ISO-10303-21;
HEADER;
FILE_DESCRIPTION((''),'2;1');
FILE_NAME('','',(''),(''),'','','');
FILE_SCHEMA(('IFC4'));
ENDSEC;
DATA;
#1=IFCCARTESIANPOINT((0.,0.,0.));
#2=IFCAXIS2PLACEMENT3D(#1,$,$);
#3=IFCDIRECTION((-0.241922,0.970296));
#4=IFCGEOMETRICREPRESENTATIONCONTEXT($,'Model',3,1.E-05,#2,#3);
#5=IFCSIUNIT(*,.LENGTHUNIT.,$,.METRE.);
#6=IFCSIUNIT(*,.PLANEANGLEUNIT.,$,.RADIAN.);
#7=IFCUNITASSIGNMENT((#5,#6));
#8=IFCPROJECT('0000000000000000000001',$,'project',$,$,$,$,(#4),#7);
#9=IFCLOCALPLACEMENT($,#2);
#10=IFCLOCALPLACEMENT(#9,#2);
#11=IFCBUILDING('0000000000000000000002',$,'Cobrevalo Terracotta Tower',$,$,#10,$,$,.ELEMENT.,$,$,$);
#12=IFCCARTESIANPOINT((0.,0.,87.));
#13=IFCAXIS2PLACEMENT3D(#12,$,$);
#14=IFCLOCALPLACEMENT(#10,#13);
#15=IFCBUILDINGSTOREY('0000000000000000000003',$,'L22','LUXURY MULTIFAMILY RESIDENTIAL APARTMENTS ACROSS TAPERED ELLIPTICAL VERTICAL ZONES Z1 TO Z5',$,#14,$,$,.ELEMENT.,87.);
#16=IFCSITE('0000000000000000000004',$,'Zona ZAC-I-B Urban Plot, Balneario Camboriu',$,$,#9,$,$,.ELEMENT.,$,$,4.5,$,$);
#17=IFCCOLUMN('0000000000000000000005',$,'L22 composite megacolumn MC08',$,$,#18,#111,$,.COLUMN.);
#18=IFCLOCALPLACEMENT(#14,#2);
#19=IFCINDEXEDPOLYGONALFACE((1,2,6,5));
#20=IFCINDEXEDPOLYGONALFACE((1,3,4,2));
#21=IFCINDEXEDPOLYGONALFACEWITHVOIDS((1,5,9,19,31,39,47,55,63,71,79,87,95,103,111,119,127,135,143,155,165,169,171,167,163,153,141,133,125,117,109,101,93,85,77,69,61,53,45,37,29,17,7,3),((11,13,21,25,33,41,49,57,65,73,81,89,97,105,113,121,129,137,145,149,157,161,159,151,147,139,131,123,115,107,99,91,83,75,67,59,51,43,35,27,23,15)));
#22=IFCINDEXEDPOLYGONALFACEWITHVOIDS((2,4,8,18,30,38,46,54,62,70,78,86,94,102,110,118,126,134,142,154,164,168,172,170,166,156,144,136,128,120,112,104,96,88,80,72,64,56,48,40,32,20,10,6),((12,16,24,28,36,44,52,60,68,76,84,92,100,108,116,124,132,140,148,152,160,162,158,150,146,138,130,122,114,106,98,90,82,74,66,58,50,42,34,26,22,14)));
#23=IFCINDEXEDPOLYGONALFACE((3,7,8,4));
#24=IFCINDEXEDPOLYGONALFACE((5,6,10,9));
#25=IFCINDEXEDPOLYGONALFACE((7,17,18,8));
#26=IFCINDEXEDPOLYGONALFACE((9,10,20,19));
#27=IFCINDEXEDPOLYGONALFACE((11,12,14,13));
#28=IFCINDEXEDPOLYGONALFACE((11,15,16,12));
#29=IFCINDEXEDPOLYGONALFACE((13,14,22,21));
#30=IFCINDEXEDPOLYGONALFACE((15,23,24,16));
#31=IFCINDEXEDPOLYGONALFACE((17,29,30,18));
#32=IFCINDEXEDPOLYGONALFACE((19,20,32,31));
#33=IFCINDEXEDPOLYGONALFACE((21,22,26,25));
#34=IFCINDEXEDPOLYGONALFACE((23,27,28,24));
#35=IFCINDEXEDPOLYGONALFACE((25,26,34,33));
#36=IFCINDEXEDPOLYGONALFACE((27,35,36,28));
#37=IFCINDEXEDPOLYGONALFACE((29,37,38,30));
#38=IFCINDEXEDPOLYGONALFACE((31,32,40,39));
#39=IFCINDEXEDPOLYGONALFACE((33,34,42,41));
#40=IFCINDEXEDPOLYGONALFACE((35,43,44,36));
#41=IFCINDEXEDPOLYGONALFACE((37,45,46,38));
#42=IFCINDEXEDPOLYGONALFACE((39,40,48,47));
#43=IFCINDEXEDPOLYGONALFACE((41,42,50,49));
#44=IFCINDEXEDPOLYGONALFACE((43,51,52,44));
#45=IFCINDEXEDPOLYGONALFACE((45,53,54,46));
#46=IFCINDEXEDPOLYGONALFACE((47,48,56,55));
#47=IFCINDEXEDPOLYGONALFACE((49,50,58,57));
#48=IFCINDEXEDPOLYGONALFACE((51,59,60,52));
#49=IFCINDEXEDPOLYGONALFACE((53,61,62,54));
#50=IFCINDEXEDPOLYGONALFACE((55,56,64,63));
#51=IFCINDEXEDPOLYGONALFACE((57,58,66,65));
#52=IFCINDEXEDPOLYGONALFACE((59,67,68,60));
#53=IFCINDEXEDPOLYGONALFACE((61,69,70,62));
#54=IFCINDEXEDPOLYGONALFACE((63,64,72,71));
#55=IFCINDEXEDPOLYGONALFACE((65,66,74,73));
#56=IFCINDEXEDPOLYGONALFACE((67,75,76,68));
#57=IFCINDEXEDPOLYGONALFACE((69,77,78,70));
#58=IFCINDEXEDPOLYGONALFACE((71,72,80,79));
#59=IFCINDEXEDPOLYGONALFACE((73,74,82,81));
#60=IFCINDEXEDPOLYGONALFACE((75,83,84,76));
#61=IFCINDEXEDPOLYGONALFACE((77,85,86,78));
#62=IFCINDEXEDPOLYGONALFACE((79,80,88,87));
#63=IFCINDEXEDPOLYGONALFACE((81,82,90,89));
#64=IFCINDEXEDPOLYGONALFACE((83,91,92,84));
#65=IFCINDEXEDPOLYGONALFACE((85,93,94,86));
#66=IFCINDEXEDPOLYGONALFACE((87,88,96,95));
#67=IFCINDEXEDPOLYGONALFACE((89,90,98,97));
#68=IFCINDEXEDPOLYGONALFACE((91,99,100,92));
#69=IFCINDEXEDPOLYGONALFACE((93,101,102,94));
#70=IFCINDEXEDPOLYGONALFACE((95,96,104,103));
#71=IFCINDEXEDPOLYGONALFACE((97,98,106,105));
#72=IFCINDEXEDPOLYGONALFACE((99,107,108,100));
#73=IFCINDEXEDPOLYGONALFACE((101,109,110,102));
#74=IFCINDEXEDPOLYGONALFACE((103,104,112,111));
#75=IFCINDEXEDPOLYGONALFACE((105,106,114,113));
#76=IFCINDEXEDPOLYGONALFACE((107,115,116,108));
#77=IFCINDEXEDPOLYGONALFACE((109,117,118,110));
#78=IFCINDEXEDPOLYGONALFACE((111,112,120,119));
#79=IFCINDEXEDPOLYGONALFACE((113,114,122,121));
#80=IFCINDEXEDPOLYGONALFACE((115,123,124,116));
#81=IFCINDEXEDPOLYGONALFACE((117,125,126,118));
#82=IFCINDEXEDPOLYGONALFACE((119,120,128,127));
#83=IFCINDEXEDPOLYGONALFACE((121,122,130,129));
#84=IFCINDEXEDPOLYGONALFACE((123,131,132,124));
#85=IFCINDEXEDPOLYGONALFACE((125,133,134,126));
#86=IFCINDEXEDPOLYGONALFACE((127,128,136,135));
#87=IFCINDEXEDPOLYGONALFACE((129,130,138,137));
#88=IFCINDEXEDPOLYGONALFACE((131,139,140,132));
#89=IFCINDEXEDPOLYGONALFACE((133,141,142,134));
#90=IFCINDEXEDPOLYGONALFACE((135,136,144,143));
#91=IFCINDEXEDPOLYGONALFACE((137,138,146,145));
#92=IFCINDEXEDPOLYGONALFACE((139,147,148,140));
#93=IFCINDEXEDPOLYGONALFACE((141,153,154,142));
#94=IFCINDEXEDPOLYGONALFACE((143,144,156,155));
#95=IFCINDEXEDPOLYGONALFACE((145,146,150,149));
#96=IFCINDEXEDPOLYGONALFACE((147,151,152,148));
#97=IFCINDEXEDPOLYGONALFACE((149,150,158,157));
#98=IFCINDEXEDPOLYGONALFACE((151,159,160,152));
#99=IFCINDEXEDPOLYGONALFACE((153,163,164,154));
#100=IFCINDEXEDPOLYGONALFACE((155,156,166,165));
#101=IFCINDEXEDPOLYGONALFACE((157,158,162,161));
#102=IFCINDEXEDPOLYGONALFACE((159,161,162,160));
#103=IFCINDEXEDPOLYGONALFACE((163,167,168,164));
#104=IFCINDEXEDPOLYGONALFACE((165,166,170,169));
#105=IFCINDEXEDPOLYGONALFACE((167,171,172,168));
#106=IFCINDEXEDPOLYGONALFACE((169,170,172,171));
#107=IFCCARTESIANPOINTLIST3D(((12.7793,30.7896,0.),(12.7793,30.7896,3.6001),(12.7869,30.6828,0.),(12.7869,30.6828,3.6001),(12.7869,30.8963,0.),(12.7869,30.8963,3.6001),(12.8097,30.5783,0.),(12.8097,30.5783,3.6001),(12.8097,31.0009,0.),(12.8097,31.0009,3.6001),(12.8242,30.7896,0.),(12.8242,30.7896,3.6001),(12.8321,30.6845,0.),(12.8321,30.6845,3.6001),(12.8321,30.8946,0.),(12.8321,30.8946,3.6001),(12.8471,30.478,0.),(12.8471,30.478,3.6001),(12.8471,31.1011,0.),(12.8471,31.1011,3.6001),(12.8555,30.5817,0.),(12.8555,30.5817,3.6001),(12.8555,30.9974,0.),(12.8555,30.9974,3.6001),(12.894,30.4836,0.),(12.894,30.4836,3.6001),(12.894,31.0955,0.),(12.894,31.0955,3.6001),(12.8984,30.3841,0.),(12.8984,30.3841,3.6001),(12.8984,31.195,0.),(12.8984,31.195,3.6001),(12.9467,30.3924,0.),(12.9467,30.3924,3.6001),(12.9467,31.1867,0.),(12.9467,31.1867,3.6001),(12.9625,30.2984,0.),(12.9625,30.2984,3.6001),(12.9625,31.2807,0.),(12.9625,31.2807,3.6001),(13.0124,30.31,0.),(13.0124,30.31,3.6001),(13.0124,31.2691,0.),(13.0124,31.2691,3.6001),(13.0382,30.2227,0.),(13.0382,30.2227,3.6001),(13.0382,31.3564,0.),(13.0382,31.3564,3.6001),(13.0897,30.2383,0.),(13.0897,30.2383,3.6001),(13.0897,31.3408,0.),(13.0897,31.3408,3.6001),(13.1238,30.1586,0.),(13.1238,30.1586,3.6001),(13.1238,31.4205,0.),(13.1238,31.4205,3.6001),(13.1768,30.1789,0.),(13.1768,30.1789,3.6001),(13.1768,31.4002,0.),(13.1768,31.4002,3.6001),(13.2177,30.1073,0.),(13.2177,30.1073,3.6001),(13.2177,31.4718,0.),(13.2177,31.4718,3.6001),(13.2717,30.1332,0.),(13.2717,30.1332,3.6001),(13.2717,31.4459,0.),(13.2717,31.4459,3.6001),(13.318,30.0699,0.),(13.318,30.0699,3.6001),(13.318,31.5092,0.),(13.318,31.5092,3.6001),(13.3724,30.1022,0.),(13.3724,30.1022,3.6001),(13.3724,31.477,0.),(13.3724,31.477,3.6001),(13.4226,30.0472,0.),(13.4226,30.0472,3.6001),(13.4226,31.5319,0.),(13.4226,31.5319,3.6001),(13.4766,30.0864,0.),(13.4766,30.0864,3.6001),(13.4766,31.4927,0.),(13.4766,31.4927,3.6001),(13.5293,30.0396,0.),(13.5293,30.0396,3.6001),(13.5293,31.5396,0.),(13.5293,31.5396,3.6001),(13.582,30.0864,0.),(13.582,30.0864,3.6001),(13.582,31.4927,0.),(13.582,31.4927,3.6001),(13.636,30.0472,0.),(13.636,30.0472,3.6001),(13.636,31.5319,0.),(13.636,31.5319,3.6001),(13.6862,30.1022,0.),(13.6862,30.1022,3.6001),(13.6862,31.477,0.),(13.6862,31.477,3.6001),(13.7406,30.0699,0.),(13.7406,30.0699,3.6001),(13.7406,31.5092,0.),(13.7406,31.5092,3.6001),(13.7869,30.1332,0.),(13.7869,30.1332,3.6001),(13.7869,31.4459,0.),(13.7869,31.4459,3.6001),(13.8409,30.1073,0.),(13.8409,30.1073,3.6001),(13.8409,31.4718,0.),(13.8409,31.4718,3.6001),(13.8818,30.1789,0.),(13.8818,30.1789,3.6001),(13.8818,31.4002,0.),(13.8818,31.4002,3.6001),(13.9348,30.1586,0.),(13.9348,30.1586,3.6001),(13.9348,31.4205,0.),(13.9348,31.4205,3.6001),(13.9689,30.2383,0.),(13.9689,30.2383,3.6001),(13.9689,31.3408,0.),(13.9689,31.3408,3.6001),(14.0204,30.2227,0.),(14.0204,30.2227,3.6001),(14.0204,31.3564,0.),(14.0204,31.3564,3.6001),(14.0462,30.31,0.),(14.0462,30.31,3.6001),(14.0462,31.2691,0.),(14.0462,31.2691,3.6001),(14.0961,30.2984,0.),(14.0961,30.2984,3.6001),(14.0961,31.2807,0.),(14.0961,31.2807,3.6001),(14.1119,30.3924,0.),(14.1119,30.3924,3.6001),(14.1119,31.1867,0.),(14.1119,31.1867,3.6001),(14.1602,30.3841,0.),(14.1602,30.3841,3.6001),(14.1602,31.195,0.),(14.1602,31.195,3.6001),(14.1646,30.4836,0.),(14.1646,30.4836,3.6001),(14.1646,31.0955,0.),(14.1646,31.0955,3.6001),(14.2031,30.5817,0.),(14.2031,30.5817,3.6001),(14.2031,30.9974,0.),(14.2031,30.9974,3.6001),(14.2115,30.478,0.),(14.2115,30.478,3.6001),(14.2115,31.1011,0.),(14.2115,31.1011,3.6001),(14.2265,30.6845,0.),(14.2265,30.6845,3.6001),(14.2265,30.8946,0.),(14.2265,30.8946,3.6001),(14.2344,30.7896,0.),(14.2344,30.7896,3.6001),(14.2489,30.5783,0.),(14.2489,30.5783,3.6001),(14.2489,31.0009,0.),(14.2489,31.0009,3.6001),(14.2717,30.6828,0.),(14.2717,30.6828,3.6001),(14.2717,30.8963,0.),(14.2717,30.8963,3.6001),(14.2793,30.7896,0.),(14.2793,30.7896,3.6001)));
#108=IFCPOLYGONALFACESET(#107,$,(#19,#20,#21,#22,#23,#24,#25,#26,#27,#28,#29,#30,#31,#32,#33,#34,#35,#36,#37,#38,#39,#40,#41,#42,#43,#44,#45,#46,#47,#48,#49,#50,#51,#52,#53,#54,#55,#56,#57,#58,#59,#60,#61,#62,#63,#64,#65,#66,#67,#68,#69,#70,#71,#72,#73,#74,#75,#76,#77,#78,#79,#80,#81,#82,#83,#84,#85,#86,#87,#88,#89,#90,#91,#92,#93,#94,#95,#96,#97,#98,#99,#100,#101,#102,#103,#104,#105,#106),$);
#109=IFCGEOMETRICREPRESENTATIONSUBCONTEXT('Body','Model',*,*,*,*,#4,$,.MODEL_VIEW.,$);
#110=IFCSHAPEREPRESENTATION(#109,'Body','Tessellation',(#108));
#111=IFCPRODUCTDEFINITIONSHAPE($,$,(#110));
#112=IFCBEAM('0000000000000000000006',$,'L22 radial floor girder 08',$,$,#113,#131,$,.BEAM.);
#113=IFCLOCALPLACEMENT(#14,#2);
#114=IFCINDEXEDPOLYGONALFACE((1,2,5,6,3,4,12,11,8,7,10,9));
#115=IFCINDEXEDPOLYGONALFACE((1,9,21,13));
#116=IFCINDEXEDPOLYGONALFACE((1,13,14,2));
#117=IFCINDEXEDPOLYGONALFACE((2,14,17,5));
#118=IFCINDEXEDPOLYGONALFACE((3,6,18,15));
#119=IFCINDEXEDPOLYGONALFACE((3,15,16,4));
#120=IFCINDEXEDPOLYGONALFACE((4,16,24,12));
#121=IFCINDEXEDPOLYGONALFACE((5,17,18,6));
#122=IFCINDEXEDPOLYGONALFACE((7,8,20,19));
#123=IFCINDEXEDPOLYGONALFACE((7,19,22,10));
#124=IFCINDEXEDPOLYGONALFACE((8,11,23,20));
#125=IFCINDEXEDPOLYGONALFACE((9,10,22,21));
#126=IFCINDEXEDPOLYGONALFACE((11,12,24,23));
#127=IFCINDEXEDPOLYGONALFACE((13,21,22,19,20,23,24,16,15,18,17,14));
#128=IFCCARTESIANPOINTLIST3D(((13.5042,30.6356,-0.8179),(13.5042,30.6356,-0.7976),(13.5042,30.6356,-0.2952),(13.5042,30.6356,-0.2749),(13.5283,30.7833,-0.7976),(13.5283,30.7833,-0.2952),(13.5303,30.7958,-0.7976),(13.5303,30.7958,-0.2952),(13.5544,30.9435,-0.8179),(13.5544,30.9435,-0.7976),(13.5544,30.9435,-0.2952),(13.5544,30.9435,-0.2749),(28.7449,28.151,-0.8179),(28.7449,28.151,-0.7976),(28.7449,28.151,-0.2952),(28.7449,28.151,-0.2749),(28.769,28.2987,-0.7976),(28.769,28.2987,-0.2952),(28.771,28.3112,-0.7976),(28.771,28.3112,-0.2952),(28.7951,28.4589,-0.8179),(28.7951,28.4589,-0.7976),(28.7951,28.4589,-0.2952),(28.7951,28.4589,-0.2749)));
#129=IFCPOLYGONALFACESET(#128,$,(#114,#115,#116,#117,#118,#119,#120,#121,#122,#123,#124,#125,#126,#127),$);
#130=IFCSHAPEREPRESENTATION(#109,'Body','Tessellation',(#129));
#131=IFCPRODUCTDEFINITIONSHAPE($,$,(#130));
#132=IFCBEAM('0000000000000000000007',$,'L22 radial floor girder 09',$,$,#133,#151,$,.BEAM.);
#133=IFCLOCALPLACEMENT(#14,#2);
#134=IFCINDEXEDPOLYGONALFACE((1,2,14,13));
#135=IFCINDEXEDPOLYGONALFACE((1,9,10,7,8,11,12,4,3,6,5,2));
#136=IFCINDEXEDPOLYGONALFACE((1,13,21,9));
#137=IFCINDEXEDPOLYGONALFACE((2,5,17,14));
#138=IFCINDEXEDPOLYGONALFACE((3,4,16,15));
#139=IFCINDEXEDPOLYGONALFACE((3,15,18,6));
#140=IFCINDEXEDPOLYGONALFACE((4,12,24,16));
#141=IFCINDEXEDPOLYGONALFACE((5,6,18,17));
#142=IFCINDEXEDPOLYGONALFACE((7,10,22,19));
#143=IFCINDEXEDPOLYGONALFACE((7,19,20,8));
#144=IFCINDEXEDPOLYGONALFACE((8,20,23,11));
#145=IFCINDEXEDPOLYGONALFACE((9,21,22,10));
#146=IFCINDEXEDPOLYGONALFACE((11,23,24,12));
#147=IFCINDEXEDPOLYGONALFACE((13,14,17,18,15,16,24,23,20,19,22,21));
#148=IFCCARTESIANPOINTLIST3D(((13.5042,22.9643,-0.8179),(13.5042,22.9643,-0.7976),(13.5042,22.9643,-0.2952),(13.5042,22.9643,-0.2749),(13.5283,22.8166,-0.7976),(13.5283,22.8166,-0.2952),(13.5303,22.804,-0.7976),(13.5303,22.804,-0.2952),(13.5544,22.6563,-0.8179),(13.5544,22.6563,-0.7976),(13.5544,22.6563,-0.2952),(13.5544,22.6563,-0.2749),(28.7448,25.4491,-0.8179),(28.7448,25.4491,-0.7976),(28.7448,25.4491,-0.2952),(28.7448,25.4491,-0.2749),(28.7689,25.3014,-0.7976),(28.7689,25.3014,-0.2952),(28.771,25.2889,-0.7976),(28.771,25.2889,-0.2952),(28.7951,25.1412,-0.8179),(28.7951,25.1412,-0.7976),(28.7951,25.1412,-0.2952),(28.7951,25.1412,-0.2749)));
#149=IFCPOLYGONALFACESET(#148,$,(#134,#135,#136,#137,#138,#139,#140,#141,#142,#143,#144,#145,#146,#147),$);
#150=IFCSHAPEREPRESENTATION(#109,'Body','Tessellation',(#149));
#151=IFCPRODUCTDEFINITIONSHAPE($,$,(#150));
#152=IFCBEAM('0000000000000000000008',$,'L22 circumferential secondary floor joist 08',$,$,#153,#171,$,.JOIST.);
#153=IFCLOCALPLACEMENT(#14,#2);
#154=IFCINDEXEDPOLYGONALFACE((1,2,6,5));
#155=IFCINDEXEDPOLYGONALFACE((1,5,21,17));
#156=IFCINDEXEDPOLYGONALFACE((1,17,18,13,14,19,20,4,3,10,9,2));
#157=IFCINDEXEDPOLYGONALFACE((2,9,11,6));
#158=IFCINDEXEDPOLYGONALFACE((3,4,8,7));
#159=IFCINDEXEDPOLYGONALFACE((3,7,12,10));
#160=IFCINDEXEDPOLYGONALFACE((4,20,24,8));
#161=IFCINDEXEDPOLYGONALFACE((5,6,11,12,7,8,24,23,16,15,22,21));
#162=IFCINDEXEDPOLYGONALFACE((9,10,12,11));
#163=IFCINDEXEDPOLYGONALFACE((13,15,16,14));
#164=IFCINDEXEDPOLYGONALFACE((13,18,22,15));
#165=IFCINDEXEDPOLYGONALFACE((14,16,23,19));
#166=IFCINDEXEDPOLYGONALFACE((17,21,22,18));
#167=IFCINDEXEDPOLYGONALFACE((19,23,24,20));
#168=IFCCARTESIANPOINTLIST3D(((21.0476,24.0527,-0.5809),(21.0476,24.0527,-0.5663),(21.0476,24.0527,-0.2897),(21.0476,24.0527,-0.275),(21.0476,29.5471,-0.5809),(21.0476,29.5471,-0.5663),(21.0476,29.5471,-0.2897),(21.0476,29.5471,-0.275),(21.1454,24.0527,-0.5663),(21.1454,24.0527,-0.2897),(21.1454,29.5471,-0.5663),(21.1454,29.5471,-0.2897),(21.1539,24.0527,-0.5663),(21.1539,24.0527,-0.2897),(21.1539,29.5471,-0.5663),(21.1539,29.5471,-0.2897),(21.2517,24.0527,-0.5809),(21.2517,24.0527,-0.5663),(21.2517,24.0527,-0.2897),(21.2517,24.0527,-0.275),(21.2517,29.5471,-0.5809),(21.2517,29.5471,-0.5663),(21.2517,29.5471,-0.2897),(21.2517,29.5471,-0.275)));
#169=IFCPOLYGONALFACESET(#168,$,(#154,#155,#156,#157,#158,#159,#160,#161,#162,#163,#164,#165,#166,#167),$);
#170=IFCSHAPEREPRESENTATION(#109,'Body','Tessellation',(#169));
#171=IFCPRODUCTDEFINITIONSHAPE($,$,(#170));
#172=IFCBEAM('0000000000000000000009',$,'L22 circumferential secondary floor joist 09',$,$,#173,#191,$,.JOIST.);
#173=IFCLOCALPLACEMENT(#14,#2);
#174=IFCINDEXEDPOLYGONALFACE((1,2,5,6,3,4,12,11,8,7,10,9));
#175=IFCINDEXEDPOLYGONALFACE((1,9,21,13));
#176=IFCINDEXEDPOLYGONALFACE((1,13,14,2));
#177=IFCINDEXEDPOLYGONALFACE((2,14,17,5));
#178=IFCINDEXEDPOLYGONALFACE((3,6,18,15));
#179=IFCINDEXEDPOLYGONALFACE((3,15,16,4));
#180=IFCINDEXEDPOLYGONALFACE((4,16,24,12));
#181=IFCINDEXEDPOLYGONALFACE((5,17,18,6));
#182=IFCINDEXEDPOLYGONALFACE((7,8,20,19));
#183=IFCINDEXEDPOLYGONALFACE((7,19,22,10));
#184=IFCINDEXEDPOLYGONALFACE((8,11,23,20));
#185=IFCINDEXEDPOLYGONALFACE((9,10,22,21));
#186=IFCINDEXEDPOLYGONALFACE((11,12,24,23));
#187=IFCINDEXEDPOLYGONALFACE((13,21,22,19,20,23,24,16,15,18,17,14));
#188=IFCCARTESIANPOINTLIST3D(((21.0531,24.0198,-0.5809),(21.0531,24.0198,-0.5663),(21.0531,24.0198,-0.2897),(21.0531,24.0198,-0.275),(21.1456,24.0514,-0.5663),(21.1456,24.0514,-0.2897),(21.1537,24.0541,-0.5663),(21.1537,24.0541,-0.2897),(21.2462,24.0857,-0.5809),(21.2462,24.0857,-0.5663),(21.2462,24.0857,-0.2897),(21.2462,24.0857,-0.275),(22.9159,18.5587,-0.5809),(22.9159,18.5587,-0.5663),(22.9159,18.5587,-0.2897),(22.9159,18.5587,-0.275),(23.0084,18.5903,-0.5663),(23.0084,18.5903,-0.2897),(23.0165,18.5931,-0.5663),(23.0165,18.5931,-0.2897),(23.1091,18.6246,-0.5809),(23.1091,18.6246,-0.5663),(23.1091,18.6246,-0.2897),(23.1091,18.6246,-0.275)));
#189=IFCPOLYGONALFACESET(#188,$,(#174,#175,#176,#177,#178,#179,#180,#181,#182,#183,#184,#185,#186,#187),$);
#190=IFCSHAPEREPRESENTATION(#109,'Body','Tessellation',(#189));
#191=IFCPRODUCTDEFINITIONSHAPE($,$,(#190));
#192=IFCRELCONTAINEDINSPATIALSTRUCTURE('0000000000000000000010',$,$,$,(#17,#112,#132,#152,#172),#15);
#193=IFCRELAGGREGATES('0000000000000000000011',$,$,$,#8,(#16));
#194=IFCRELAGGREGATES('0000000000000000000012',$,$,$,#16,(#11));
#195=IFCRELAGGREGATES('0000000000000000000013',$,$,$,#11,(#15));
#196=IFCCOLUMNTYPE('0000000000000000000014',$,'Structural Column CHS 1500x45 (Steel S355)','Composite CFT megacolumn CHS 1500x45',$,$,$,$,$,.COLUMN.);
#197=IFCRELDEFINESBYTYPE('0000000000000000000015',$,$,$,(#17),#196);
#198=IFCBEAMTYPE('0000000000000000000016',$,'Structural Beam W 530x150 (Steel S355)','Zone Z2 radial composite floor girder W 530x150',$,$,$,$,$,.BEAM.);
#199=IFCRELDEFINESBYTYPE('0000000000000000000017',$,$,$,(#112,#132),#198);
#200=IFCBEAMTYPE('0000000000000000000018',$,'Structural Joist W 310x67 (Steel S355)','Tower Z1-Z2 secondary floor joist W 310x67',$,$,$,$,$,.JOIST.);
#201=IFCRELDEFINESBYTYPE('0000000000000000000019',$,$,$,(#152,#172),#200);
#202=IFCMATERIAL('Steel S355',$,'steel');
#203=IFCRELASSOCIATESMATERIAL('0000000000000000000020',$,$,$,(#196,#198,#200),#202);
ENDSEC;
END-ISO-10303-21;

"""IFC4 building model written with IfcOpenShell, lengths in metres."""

from ifc_helpers import new_model, si_unit, direction, frame, origin, origin_2d, place, context, subcontext, project, spatial, hollow_circle, i_section, extrude, material, material_profile, profile_set, type_object, element, save


model = new_model("IFC4")

# Units and contexts
model_context = context("Model", 3, precision=1e-05, world=origin(), true_north=direction((-0.241922, 0.970296)))
body_context = subcontext(model_context, "Body", "Model", "MODEL_VIEW")
ifc_project = project(units=[si_unit("LENGTHUNIT", "METRE"), si_unit("PLANEANGLEUNIT", "RADIAN")], contexts=[model_context])

# Site, building, storey
site_placement = place(None, origin())
site = spatial("IfcSite", under=ifc_project, at=site_placement, Name="Zona ZAC-I-B Urban Plot, Balneario Camboriu", CompositionType="ELEMENT", RefElevation=4.5)
building_placement = place(site_placement, origin())
building = spatial("IfcBuilding", under=site, at=building_placement, Name="Cobrevalo Terracotta Tower", CompositionType="ELEMENT")
storey_placement = place(building_placement, frame((0.0, 0.0, 87.0)))
storey = spatial("IfcBuildingStorey", under=building, at=storey_placement, Name="L22", Description="LUXURY MULTIFAMILY RESIDENTIAL APARTMENTS ACROSS TAPERED ELLIPTICAL VERTICAL ZONES Z1 TO Z5", CompositionType="ELEMENT", Elevation=87.0)

# Column
ifc_material_1 = material(Name="Steel S355", Category="steel")
ifc_material_profile_1 = material_profile(ifc_material_1, hollow_circle(Radius=0.75, WallThickness=0.0449, at=origin_2d()), Name="CHS 1500x45")
ifc_profile_set_1 = profile_set([ifc_material_profile_1], Name="Steel S355")
column_type = type_object("IfcColumnType", Name="Structural Column CHS 1500x45 (Steel S355)", Description="Composite CFT megacolumn CHS 1500x45", PredefinedType="COLUMN", material=ifc_profile_set_1)
column_placement = place(storey_placement, frame((13.5293, 30.7896, 0.0), z_axis=(0.0, 0.0, 1.0), x_axis=(1.0, 0.0, 0.0)))
element("IfcColumn", 1, at=column_placement, inside=storey, type_object=column_type, Name="L22 composite megacolumn MC08", PredefinedType="COLUMN", context=body_context, shape_type="SweptSolid", body=[
    extrude(hollow_circle(Radius=0.75, WallThickness=0.0449, at=origin_2d()), origin(), (0.0, 0.0, 1.0), 3.6001),
])

# Beams
ifc_material_profile_2 = material_profile(ifc_material_1, i_section(OverallWidth=0.312, OverallDepth=0.543, WebThickness=0.0127, FlangeThickness=0.0203, at=origin_2d()), Name="W 530x150")
ifc_profile_set_2 = profile_set([ifc_material_profile_2], Name="Steel S355")
beam_type_1 = type_object("IfcBeamType", Name="Structural Beam W 530x150 (Steel S355)", Description="Zone Z2 radial composite floor girder W 530x150", PredefinedType="BEAM", material=ifc_profile_set_2)
for number, where, z_axis, x_axis, name in (
    (2, (13.5293, 30.7896, -0.5464), (0.986971, -0.160901, 0.0), (0.160901, 0.986971, 0.0), "L22 radial floor girder 08"),
    (3, (13.5293, 22.8103, -0.5464), (0.986968, 0.160916, 0.0), (-0.160916, 0.986968, 0.0), "L22 radial floor girder 09"),
):
    element("IfcBeam", number, at=place(storey_placement, frame(where, z_axis=z_axis, x_axis=x_axis)), inside=storey, type_object=beam_type_1, Name=name, PredefinedType="BEAM", context=body_context, shape_type="SweptSolid", body=[
        extrude(i_section(OverallWidth=0.312, OverallDepth=0.543, WebThickness=0.0127, FlangeThickness=0.0203, at=origin_2d()), origin(), (0.0, 0.0, 1.0), 15.4419),
    ])
ifc_material_profile_3 = material_profile(ifc_material_1, i_section(OverallWidth=0.2041, OverallDepth=0.3059, WebThickness=0.0085, FlangeThickness=0.0146, at=origin_2d()), Name="W 310x67")
ifc_profile_set_3 = profile_set([ifc_material_profile_3], Name="Steel S355")
beam_type_2 = type_object("IfcBeamType", Name="Structural Joist W 310x67 (Steel S355)", Description="Tower Z1-Z2 secondary floor joist W 310x67", PredefinedType="JOIST", material=ifc_profile_set_3)
beam_1_placement = place(storey_placement, frame((21.1497, 29.5471, -0.428), z_axis=(0.0, -1.0, 0.0), x_axis=(1.0, 0.0, 0.0)))
element("IfcBeam", 4, at=beam_1_placement, inside=storey, type_object=beam_type_2, Name="L22 circumferential secondary floor joist 08", PredefinedType="JOIST", context=body_context, shape_type="SweptSolid", body=[
    extrude(i_section(OverallWidth=0.2041, OverallDepth=0.3059, WebThickness=0.0085, FlangeThickness=0.0146, at=origin_2d()), origin(), (0.0, 0.0, 1.0), 5.4944),
])
beam_2_placement = place(storey_placement, frame((21.1497, 24.0527, -0.428), z_axis=(0.322846, -0.946451, 0.0), x_axis=(0.946451, 0.322846, 0.0)))
element("IfcBeam", 5, at=beam_2_placement, inside=storey, type_object=beam_type_2, Name="L22 circumferential secondary floor joist 09", PredefinedType="JOIST", context=body_context, shape_type="SweptSolid", body=[
    extrude(i_section(OverallWidth=0.2041, OverallDepth=0.3059, WebThickness=0.0085, FlangeThickness=0.0146, at=origin_2d()), origin(), (0.0, 0.0, 1.0), 5.77),
])

save(model, "model.ifc")
